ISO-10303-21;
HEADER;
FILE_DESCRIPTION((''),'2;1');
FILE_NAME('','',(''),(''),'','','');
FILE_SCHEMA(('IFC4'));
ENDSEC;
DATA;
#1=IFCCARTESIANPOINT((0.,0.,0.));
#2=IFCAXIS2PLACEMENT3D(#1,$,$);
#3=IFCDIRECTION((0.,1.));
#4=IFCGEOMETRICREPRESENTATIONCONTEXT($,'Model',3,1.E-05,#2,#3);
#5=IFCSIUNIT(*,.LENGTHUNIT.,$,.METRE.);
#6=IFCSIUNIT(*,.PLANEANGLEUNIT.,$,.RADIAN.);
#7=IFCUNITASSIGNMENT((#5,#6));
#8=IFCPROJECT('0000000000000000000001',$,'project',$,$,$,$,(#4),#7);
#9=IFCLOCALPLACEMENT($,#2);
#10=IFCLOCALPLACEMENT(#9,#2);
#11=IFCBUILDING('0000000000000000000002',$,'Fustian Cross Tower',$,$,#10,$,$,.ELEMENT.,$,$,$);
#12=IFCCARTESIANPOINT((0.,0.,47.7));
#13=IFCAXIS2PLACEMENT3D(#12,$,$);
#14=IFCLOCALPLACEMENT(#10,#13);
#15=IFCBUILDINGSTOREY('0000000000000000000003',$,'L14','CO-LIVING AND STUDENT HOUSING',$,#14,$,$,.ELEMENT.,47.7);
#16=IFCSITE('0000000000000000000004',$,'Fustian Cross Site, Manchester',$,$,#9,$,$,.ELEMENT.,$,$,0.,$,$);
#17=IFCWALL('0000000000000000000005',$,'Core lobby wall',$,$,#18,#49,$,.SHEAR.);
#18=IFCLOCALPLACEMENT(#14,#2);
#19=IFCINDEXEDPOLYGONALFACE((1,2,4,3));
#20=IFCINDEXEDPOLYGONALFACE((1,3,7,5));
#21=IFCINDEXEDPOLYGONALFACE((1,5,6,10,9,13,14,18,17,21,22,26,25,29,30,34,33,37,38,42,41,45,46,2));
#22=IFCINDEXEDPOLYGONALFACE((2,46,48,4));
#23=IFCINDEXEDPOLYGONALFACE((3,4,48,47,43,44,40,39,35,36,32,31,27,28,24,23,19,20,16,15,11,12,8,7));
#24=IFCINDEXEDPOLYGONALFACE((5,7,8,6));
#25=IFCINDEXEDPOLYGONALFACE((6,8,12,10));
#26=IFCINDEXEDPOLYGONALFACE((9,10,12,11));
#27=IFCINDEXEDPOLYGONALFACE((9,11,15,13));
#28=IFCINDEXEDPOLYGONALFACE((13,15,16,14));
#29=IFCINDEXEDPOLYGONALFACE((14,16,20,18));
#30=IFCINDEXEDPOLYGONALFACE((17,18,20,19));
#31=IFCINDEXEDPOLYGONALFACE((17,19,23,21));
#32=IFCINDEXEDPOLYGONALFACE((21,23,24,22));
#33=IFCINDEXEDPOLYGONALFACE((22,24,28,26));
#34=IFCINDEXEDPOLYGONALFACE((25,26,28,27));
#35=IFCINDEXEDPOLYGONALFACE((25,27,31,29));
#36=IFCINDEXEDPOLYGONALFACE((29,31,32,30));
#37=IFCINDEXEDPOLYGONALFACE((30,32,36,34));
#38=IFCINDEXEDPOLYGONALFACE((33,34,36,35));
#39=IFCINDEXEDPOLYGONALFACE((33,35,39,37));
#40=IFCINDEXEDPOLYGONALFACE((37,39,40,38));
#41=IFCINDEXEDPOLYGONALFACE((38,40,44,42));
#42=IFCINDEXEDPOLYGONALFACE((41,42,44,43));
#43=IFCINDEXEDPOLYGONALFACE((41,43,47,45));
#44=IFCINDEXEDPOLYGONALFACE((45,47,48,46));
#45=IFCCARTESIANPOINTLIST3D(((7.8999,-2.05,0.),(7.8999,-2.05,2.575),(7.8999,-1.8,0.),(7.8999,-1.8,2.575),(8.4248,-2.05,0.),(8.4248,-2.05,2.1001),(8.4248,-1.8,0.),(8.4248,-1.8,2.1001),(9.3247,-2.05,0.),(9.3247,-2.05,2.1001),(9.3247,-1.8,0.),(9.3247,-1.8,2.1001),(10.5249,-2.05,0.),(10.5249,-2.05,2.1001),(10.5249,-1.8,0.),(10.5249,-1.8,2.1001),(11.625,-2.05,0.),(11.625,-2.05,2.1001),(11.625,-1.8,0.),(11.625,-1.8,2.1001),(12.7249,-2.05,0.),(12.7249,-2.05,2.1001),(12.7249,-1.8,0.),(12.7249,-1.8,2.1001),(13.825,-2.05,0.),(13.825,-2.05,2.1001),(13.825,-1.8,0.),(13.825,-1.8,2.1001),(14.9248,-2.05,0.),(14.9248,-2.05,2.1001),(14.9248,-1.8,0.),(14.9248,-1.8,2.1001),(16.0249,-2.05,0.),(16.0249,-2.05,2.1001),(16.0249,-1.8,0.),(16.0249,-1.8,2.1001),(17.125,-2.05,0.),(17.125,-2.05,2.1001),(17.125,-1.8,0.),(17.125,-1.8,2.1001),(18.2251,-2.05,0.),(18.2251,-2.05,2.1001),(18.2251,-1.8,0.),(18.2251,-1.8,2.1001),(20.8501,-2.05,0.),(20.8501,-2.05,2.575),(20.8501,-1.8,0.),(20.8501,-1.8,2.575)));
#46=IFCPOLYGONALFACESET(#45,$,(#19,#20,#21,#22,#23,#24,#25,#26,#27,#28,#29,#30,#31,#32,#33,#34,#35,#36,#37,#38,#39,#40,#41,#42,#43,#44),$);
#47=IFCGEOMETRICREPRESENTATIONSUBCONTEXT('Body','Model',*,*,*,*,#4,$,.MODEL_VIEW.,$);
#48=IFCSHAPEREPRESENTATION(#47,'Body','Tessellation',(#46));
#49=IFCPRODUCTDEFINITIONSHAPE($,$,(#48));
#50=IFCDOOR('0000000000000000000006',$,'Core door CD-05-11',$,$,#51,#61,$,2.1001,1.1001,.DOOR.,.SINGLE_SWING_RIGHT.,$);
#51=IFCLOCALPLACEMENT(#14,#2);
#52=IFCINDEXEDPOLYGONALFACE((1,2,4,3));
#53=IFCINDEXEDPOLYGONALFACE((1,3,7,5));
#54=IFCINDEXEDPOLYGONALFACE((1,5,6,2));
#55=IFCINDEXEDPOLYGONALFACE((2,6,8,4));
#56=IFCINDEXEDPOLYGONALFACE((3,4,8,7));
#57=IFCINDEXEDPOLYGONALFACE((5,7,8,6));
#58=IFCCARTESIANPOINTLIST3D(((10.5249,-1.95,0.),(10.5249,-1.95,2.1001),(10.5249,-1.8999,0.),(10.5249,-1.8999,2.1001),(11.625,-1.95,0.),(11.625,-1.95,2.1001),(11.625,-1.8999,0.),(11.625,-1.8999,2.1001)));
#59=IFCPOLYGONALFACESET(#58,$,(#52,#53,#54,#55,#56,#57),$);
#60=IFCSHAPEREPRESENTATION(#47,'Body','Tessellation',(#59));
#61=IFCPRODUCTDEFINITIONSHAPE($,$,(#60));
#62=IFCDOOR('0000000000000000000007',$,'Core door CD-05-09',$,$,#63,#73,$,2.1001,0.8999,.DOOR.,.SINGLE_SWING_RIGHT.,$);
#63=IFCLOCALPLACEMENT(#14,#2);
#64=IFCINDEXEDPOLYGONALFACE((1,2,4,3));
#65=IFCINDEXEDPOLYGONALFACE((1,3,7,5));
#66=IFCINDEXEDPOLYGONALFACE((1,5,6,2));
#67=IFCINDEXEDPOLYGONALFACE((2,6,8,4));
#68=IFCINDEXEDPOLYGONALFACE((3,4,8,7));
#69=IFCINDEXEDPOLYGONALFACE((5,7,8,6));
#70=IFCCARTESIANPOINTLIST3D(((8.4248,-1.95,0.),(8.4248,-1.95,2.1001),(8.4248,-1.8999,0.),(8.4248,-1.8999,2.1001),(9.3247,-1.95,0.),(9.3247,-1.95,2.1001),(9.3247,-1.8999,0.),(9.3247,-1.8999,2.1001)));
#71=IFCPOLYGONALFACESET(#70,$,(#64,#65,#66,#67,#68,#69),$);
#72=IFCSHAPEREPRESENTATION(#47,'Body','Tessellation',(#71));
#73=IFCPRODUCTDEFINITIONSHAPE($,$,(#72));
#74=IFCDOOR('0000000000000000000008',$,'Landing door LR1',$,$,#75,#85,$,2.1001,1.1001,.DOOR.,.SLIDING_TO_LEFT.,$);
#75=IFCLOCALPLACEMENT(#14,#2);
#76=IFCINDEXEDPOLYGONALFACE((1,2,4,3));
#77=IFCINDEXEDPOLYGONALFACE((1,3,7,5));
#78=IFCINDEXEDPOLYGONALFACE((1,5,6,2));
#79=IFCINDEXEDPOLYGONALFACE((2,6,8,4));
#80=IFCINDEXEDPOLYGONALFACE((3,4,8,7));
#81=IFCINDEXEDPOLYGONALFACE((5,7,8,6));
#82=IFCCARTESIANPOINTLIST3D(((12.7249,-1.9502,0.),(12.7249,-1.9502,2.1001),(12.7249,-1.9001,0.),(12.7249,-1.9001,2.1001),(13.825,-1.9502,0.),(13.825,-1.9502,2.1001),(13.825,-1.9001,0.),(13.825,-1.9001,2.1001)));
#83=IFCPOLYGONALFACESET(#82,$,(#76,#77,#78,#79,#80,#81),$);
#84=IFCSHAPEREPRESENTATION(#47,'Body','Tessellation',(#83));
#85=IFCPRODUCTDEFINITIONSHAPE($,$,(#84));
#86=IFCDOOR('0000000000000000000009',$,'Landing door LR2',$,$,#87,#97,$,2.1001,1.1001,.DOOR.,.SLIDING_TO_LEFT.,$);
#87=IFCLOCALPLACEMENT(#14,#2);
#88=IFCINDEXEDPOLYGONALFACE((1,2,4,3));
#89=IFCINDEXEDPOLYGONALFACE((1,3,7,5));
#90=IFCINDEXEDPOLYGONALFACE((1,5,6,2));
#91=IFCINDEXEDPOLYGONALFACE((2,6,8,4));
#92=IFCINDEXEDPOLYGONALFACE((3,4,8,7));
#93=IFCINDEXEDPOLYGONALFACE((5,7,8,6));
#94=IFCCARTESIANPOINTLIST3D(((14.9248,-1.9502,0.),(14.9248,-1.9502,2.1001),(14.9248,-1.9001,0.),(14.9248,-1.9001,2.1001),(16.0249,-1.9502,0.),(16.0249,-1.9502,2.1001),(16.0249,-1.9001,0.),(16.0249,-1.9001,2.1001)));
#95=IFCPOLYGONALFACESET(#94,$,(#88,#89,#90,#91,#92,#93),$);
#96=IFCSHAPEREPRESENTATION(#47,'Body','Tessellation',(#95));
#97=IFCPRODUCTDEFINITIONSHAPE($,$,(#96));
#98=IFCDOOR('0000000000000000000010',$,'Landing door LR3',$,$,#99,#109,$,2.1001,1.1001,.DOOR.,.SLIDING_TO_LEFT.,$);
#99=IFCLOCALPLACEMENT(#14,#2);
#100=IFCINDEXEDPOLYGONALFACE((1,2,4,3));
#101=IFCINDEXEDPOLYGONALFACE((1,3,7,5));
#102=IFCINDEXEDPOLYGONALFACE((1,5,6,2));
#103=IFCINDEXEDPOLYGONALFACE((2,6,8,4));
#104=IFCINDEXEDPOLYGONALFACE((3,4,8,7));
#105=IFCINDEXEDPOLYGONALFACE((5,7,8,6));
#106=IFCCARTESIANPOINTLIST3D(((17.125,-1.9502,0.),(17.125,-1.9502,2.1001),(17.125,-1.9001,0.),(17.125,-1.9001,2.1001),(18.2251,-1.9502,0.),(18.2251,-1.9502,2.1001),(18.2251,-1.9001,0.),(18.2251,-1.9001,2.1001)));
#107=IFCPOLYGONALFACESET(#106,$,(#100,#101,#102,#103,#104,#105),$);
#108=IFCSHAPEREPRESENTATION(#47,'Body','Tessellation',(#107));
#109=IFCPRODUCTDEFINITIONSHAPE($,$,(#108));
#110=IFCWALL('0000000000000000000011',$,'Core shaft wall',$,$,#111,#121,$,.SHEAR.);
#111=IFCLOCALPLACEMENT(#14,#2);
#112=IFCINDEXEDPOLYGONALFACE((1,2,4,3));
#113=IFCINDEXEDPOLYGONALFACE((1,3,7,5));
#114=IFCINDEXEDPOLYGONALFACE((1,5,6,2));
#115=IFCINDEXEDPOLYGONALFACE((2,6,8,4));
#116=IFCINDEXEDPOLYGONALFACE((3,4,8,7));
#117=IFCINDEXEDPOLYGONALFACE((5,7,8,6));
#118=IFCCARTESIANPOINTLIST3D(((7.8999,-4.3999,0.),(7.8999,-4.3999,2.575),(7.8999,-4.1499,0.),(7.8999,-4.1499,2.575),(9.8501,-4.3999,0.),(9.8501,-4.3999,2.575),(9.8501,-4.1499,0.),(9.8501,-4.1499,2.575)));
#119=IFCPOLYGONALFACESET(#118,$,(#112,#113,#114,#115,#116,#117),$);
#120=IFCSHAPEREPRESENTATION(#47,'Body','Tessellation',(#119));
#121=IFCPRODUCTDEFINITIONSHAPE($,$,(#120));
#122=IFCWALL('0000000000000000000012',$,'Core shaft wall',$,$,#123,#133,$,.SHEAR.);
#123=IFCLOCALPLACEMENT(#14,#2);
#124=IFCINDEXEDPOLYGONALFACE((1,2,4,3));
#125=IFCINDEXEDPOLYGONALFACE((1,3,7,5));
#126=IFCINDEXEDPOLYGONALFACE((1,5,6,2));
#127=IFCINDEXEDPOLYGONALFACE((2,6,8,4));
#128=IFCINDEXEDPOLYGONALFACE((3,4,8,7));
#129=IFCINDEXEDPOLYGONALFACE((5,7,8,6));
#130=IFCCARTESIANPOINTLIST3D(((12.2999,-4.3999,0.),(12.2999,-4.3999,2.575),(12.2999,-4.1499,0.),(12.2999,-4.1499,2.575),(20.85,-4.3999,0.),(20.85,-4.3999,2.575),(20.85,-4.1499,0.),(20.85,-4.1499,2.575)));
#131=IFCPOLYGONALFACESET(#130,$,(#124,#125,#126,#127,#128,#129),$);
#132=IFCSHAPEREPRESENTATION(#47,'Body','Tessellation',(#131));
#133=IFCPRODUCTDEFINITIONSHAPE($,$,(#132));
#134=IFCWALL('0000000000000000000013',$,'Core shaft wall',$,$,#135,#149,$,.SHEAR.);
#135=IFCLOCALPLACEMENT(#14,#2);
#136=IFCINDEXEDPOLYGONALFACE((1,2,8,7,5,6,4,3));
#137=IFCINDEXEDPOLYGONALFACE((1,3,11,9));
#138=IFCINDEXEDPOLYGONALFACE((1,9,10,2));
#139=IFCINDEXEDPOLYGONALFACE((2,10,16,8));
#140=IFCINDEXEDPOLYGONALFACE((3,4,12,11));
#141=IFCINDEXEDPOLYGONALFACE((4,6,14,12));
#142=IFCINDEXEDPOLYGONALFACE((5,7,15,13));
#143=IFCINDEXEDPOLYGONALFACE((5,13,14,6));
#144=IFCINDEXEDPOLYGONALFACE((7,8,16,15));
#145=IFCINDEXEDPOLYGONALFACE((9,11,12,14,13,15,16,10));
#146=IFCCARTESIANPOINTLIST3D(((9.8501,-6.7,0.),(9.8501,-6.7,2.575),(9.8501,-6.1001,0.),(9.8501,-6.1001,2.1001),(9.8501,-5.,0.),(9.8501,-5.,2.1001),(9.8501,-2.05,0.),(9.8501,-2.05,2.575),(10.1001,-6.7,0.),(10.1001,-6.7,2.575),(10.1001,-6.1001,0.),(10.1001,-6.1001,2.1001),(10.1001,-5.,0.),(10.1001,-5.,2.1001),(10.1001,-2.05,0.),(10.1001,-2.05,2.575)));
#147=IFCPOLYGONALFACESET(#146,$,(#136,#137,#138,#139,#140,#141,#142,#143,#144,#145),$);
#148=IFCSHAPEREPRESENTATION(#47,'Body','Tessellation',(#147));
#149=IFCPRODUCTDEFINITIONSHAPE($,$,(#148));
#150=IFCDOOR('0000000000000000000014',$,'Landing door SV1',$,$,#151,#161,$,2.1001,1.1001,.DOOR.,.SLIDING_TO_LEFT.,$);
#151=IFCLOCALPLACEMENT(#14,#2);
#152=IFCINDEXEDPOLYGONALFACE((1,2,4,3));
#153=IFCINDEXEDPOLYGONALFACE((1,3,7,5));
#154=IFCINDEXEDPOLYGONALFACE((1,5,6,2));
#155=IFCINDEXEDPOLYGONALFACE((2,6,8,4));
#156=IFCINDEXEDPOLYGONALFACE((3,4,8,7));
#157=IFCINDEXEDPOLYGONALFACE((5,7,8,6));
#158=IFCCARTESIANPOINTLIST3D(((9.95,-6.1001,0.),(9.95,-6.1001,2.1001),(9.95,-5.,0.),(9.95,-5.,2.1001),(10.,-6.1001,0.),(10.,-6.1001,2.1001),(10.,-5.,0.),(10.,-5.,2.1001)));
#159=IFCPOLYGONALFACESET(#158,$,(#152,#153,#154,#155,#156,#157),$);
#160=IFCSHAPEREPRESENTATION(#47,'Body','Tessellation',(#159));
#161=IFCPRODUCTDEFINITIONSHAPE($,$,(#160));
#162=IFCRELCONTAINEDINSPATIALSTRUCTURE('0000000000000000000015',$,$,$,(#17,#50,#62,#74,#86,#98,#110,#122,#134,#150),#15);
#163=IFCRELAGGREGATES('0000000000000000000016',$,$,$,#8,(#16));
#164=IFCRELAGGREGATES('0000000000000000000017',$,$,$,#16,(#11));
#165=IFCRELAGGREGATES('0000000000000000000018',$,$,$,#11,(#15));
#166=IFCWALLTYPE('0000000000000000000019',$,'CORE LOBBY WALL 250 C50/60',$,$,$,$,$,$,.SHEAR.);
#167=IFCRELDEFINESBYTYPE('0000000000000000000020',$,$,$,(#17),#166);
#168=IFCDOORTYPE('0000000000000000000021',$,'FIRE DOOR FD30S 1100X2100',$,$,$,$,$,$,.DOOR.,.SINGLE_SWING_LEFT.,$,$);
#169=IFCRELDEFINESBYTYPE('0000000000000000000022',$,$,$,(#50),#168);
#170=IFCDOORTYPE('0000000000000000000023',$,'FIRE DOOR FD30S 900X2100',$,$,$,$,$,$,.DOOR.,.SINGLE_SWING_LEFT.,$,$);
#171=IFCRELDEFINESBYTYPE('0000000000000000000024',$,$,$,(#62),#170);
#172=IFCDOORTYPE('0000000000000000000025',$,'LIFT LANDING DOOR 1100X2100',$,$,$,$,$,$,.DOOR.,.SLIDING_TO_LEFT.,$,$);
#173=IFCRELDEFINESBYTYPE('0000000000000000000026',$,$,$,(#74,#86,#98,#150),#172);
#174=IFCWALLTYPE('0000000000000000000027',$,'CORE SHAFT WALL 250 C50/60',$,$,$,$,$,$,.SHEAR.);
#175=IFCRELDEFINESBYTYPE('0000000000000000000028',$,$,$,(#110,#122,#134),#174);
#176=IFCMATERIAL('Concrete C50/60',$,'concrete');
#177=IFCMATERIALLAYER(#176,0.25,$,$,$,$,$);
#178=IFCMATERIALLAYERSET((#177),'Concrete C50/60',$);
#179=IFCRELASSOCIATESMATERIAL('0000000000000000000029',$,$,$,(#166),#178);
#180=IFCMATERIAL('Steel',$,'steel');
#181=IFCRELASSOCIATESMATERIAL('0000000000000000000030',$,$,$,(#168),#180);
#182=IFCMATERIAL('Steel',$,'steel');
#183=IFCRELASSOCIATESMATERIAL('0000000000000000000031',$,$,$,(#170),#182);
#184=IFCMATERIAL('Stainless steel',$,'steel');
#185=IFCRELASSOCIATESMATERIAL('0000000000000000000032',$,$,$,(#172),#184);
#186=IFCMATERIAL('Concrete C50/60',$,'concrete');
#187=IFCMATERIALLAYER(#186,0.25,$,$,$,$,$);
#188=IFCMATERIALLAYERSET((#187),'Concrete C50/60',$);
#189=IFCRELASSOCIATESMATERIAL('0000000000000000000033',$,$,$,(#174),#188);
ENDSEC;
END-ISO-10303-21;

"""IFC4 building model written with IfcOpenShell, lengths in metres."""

from ifc_helpers import new_model, si_unit, direction, frame, frame_2d, origin, place, context, subcontext, project, spatial, rectangle, extrude, material, layer, layer_set, type_object, element, fill, save


model = new_model("IFC4")

# Units and contexts
model_context = context("Model", 3, precision=1e-05, world=origin(), true_north=direction((0.0, 1.0)))
body_context = subcontext(model_context, "Body", "Model", "MODEL_VIEW")
ifc_project = project(units=[si_unit("LENGTHUNIT", "METRE"), si_unit("PLANEANGLEUNIT", "RADIAN")], contexts=[model_context])

# Site, building, storey
site_placement = place(None, origin())
site = spatial("IfcSite", under=ifc_project, at=site_placement, Name="Fustian Cross Site, Manchester", CompositionType="ELEMENT", RefElevation=0.0)
building_placement = place(site_placement, origin())
building = spatial("IfcBuilding", under=site, at=building_placement, Name="Fustian Cross Tower", CompositionType="ELEMENT")
storey_placement = place(building_placement, frame((0.0, 0.0, 47.7)))
storey = spatial("IfcBuildingStorey", under=building, at=storey_placement, Name="L14", Description="CO-LIVING AND STUDENT HOUSING", CompositionType="ELEMENT", Elevation=47.7)

# Wall, openings, doors
ifc_material_1 = material(Name="Concrete C50/60", Category="concrete")
ifc_layer_1 = layer(ifc_material_1, 0.25)
ifc_layer_set_1 = layer_set([ifc_layer_1], Name="Concrete C50/60")
wall_type_1 = type_object("IfcWallType", Name="CORE LOBBY WALL 250 C50/60", PredefinedType="SHEAR", material=ifc_layer_set_1)
wall_1_placement = place(storey_placement, frame((7.8999, -1.925, 0.0), z_axis=(0.0, 0.0, 1.0), x_axis=(1.0, 0.0, 0.0)))
wall_1 = element("IfcWall", 1, at=wall_1_placement, inside=storey, type_object=wall_type_1, Name="Core lobby wall", PredefinedType="SHEAR", context=body_context, shape_type="SweptSolid", body=[
    extrude(rectangle(XDim=12.9502, YDim=0.25, at=frame_2d((6.4751, 0.0))), origin(), (0.0, 0.0, 1.0), 2.575),
])
opening_1_placement = place(wall_1_placement, frame((4.825, 0.0, 0.0)))
opening_1 = element("IfcOpeningElement", 2, at=opening_1_placement, cuts=wall_1, PredefinedType="OPENING", context=body_context, shape_type="SweptSolid", body=[
    extrude(rectangle(XDim=1.1001, YDim=2.1001, at=frame_2d((0.55, 1.05))), frame((0.0, 0.135, 0.0), z_axis=(0.0, -1.0, 0.0), x_axis=(1.0, 0.0, 0.0)), (0.0, 0.0, 1.0), 0.27),
])
opening_2_placement = place(wall_1_placement, frame((7.0249, 0.0, 0.0)))
opening_2 = element("IfcOpeningElement", 3, at=opening_2_placement, cuts=wall_1, PredefinedType="OPENING", context=body_context, shape_type="SweptSolid", body=[
    extrude(rectangle(XDim=1.1001, YDim=2.1001, at=frame_2d((0.55, 1.05))), frame((0.0, 0.135, 0.0), z_axis=(0.0, -1.0, 0.0), x_axis=(1.0, 0.0, 0.0)), (0.0, 0.0, 1.0), 0.27),
])
opening_3_placement = place(wall_1_placement, frame((9.2251, 0.0, 0.0)))
opening_3 = element("IfcOpeningElement", 4, at=opening_3_placement, cuts=wall_1, PredefinedType="OPENING", context=body_context, shape_type="SweptSolid", body=[
    extrude(rectangle(XDim=1.1001, YDim=2.1001, at=frame_2d((0.55, 1.05))), frame((0.0, 0.135, 0.0), z_axis=(0.0, -1.0, 0.0), x_axis=(1.0, 0.0, 0.0)), (0.0, 0.0, 1.0), 0.27),
])
opening_4_placement = place(wall_1_placement, frame((0.5249, 0.0, 0.0)))
opening_4 = element("IfcOpeningElement", 5, at=opening_4_placement, cuts=wall_1, PredefinedType="OPENING", context=body_context, shape_type="SweptSolid", body=[
    extrude(rectangle(XDim=0.8999, YDim=2.1001, at=frame_2d((0.45, 1.05))), frame((0.0, 0.135, 0.0), z_axis=(0.0, -1.0, 0.0), x_axis=(1.0, 0.0, 0.0)), (0.0, 0.0, 1.0), 0.27),
])
opening_5_placement = place(wall_1_placement, frame((2.625, 0.0, 0.0)))
opening_5 = element("IfcOpeningElement", 6, at=opening_5_placement, cuts=wall_1, PredefinedType="OPENING", context=body_context, shape_type="SweptSolid", body=[
    extrude(rectangle(XDim=1.1001, YDim=2.1001, at=frame_2d((0.55, 1.05))), frame((0.0, 0.135, 0.0), z_axis=(0.0, -1.0, 0.0), x_axis=(1.0, 0.0, 0.0)), (0.0, 0.0, 1.0), 0.27),
])
ifc_material_2 = material(Name="Steel", Category="steel")
door_type_1 = type_object("IfcDoorType", Name="FIRE DOOR FD30S 1100X2100", OperationType="SINGLE_SWING_LEFT", PredefinedType="DOOR", material=ifc_material_2)
door_1_placement = place(opening_5_placement, frame((1.1001, 0.0, 0.0), z_axis=(0.0, 0.0, 1.0), x_axis=(-1.0, 0.0, 0.0)))
door_1 = element("IfcDoor", 7, at=door_1_placement, inside=storey, type_object=door_type_1, Name="Core door CD-05-11", OperationType="SINGLE_SWING_RIGHT", OverallHeight=2.1001, OverallWidth=1.1001, PredefinedType="DOOR", context=body_context, shape_type="SweptSolid", body=[
    extrude(rectangle(XDim=1.1001, YDim=2.1001, at=frame_2d((0.55, 1.05))), frame((0.0, 0.0249, 0.0), z_axis=(0.0, -1.0, 0.0), x_axis=(1.0, 0.0, 0.0)), (0.0, 0.0, 1.0), 0.05),
])
fill(opening_5, door_1)
ifc_material_3 = material(Name="Steel", Category="steel")
door_type_2 = type_object("IfcDoorType", Name="FIRE DOOR FD30S 900X2100", OperationType="SINGLE_SWING_LEFT", PredefinedType="DOOR", material=ifc_material_3)
door_2_placement = place(opening_4_placement, frame((0.8999, 0.0, 0.0), z_axis=(0.0, 0.0, 1.0), x_axis=(-1.0, 0.0, 0.0)))
door_2 = element("IfcDoor", 8, at=door_2_placement, inside=storey, type_object=door_type_2, Name="Core door CD-05-09", OperationType="SINGLE_SWING_RIGHT", OverallHeight=2.1001, OverallWidth=0.8999, PredefinedType="DOOR", context=body_context, shape_type="SweptSolid", body=[
    extrude(rectangle(XDim=0.8999, YDim=2.1001, at=frame_2d((0.45, 1.05))), frame((0.0, 0.0249, 0.0), z_axis=(0.0, -1.0, 0.0), x_axis=(1.0, 0.0, 0.0)), (0.0, 0.0, 1.0), 0.05),
])
fill(opening_4, door_2)
ifc_material_4 = material(Name="Stainless steel", Category="steel")
door_type_3 = type_object("IfcDoorType", Name="LIFT LANDING DOOR 1100X2100", OperationType="SLIDING_TO_LEFT", PredefinedType="DOOR", material=ifc_material_4)
door_3_placement = place(opening_1_placement, origin())
door_3 = element("IfcDoor", 9, at=door_3_placement, inside=storey, type_object=door_type_3, Name="Landing door LR1", OperationType="SLIDING_TO_LEFT", OverallHeight=2.1001, OverallWidth=1.1001, PredefinedType="DOOR", context=body_context, shape_type="SweptSolid", body=[
    extrude(rectangle(XDim=1.1001, YDim=2.1001, at=frame_2d((0.55, 1.05))), frame((0.0, 0.0249, 0.0), z_axis=(0.0, -1.0, 0.0), x_axis=(1.0, 0.0, 0.0)), (0.0, 0.0, 1.0), 0.05),
])
fill(opening_1, door_3)
door_4_placement = place(opening_2_placement, origin())
door_4 = element("IfcDoor", 10, at=door_4_placement, inside=storey, type_object=door_type_3, Name="Landing door LR2", OperationType="SLIDING_TO_LEFT", OverallHeight=2.1001, OverallWidth=1.1001, PredefinedType="DOOR", context=body_context, shape_type="SweptSolid", body=[
    extrude(rectangle(XDim=1.1001, YDim=2.1001, at=frame_2d((0.55, 1.05))), frame((0.0, 0.0249, 0.0), z_axis=(0.0, -1.0, 0.0), x_axis=(1.0, 0.0, 0.0)), (0.0, 0.0, 1.0), 0.05),
])
fill(opening_2, door_4)
door_5_placement = place(opening_3_placement, origin())
door_5 = element("IfcDoor", 11, at=door_5_placement, inside=storey, type_object=door_type_3, Name="Landing door LR3", OperationType="SLIDING_TO_LEFT", OverallHeight=2.1001, OverallWidth=1.1001, PredefinedType="DOOR", context=body_context, shape_type="SweptSolid", body=[
    extrude(rectangle(XDim=1.1001, YDim=2.1001, at=frame_2d((0.55, 1.05))), frame((0.0, 0.0249, 0.0), z_axis=(0.0, -1.0, 0.0), x_axis=(1.0, 0.0, 0.0)), (0.0, 0.0, 1.0), 0.05),
])
fill(opening_3, door_5)

# Walls
ifc_material_5 = material(Name="Concrete C50/60", Category="concrete")
ifc_layer_2 = layer(ifc_material_5, 0.25)
ifc_layer_set_2 = layer_set([ifc_layer_2], Name="Concrete C50/60")
wall_type_2 = type_object("IfcWallType", Name="CORE SHAFT WALL 250 C50/60", PredefinedType="SHEAR", material=ifc_layer_set_2)
wall_2_placement = place(storey_placement, frame((7.8999, -4.2749, 0.0), z_axis=(0.0, 0.0, 1.0), x_axis=(1.0, 0.0, 0.0)))
element("IfcWall", 12, at=wall_2_placement, inside=storey, type_object=wall_type_2, Name="Core shaft wall", PredefinedType="SHEAR", context=body_context, shape_type="SweptSolid", body=[
    extrude(rectangle(XDim=1.9502, YDim=0.25, at=frame_2d((0.9751, 0.0))), origin(), (0.0, 0.0, 1.0), 2.575),
])
wall_3_placement = place(storey_placement, frame((12.3, -4.2749, 0.0), z_axis=(0.0, 0.0, 1.0), x_axis=(1.0, 0.0, 0.0)))
element("IfcWall", 13, at=wall_3_placement, inside=storey, type_object=wall_type_2, Name="Core shaft wall", PredefinedType="SHEAR", context=body_context, shape_type="SweptSolid", body=[
    extrude(rectangle(XDim=8.55, YDim=0.25, at=frame_2d((4.2749, 0.0))), origin(), (0.0, 0.0, 1.0), 2.575),
])

# Wall, opening, door
wall_4_placement = place(storey_placement, frame((9.9751, -2.05, 0.0), z_axis=(0.0, 0.0, 1.0), x_axis=(0.0, -1.0, 0.0)))
wall_4 = element("IfcWall", 14, at=wall_4_placement, inside=storey, type_object=wall_type_2, Name="Core shaft wall", PredefinedType="SHEAR", context=body_context, shape_type="SweptSolid", body=[
    extrude(rectangle(XDim=4.6499, YDim=0.25, at=frame_2d((2.325, 0.0))), origin(), (0.0, 0.0, 1.0), 2.575),
])
opening_6_placement = place(wall_4_placement, frame((2.95, 0.0, 0.0)))
opening_6 = element("IfcOpeningElement", 15, at=opening_6_placement, cuts=wall_4, PredefinedType="OPENING", context=body_context, shape_type="SweptSolid", body=[
    extrude(rectangle(XDim=1.1001, YDim=2.1001, at=frame_2d((0.55, 1.05))), frame((0.0, 0.135, 0.0), z_axis=(0.0, -1.0, 0.0), x_axis=(1.0, 0.0, 0.0)), (0.0, 0.0, 1.0), 0.27),
])
door_6_placement = place(opening_6_placement, origin())
door_6 = element("IfcDoor", 16, at=door_6_placement, inside=storey, type_object=door_type_3, Name="Landing door SV1", OperationType="SLIDING_TO_LEFT", OverallHeight=2.1001, OverallWidth=1.1001, PredefinedType="DOOR", context=body_context, shape_type="SweptSolid", body=[
    extrude(rectangle(XDim=1.1001, YDim=2.1001, at=frame_2d((0.55, 1.05))), frame((0.0, 0.0249, 0.0), z_axis=(0.0, -1.0, 0.0), x_axis=(1.0, 0.0, 0.0)), (0.0, 0.0, 1.0), 0.05),
])
fill(opening_6, door_6)

save(model, "model.ifc")
